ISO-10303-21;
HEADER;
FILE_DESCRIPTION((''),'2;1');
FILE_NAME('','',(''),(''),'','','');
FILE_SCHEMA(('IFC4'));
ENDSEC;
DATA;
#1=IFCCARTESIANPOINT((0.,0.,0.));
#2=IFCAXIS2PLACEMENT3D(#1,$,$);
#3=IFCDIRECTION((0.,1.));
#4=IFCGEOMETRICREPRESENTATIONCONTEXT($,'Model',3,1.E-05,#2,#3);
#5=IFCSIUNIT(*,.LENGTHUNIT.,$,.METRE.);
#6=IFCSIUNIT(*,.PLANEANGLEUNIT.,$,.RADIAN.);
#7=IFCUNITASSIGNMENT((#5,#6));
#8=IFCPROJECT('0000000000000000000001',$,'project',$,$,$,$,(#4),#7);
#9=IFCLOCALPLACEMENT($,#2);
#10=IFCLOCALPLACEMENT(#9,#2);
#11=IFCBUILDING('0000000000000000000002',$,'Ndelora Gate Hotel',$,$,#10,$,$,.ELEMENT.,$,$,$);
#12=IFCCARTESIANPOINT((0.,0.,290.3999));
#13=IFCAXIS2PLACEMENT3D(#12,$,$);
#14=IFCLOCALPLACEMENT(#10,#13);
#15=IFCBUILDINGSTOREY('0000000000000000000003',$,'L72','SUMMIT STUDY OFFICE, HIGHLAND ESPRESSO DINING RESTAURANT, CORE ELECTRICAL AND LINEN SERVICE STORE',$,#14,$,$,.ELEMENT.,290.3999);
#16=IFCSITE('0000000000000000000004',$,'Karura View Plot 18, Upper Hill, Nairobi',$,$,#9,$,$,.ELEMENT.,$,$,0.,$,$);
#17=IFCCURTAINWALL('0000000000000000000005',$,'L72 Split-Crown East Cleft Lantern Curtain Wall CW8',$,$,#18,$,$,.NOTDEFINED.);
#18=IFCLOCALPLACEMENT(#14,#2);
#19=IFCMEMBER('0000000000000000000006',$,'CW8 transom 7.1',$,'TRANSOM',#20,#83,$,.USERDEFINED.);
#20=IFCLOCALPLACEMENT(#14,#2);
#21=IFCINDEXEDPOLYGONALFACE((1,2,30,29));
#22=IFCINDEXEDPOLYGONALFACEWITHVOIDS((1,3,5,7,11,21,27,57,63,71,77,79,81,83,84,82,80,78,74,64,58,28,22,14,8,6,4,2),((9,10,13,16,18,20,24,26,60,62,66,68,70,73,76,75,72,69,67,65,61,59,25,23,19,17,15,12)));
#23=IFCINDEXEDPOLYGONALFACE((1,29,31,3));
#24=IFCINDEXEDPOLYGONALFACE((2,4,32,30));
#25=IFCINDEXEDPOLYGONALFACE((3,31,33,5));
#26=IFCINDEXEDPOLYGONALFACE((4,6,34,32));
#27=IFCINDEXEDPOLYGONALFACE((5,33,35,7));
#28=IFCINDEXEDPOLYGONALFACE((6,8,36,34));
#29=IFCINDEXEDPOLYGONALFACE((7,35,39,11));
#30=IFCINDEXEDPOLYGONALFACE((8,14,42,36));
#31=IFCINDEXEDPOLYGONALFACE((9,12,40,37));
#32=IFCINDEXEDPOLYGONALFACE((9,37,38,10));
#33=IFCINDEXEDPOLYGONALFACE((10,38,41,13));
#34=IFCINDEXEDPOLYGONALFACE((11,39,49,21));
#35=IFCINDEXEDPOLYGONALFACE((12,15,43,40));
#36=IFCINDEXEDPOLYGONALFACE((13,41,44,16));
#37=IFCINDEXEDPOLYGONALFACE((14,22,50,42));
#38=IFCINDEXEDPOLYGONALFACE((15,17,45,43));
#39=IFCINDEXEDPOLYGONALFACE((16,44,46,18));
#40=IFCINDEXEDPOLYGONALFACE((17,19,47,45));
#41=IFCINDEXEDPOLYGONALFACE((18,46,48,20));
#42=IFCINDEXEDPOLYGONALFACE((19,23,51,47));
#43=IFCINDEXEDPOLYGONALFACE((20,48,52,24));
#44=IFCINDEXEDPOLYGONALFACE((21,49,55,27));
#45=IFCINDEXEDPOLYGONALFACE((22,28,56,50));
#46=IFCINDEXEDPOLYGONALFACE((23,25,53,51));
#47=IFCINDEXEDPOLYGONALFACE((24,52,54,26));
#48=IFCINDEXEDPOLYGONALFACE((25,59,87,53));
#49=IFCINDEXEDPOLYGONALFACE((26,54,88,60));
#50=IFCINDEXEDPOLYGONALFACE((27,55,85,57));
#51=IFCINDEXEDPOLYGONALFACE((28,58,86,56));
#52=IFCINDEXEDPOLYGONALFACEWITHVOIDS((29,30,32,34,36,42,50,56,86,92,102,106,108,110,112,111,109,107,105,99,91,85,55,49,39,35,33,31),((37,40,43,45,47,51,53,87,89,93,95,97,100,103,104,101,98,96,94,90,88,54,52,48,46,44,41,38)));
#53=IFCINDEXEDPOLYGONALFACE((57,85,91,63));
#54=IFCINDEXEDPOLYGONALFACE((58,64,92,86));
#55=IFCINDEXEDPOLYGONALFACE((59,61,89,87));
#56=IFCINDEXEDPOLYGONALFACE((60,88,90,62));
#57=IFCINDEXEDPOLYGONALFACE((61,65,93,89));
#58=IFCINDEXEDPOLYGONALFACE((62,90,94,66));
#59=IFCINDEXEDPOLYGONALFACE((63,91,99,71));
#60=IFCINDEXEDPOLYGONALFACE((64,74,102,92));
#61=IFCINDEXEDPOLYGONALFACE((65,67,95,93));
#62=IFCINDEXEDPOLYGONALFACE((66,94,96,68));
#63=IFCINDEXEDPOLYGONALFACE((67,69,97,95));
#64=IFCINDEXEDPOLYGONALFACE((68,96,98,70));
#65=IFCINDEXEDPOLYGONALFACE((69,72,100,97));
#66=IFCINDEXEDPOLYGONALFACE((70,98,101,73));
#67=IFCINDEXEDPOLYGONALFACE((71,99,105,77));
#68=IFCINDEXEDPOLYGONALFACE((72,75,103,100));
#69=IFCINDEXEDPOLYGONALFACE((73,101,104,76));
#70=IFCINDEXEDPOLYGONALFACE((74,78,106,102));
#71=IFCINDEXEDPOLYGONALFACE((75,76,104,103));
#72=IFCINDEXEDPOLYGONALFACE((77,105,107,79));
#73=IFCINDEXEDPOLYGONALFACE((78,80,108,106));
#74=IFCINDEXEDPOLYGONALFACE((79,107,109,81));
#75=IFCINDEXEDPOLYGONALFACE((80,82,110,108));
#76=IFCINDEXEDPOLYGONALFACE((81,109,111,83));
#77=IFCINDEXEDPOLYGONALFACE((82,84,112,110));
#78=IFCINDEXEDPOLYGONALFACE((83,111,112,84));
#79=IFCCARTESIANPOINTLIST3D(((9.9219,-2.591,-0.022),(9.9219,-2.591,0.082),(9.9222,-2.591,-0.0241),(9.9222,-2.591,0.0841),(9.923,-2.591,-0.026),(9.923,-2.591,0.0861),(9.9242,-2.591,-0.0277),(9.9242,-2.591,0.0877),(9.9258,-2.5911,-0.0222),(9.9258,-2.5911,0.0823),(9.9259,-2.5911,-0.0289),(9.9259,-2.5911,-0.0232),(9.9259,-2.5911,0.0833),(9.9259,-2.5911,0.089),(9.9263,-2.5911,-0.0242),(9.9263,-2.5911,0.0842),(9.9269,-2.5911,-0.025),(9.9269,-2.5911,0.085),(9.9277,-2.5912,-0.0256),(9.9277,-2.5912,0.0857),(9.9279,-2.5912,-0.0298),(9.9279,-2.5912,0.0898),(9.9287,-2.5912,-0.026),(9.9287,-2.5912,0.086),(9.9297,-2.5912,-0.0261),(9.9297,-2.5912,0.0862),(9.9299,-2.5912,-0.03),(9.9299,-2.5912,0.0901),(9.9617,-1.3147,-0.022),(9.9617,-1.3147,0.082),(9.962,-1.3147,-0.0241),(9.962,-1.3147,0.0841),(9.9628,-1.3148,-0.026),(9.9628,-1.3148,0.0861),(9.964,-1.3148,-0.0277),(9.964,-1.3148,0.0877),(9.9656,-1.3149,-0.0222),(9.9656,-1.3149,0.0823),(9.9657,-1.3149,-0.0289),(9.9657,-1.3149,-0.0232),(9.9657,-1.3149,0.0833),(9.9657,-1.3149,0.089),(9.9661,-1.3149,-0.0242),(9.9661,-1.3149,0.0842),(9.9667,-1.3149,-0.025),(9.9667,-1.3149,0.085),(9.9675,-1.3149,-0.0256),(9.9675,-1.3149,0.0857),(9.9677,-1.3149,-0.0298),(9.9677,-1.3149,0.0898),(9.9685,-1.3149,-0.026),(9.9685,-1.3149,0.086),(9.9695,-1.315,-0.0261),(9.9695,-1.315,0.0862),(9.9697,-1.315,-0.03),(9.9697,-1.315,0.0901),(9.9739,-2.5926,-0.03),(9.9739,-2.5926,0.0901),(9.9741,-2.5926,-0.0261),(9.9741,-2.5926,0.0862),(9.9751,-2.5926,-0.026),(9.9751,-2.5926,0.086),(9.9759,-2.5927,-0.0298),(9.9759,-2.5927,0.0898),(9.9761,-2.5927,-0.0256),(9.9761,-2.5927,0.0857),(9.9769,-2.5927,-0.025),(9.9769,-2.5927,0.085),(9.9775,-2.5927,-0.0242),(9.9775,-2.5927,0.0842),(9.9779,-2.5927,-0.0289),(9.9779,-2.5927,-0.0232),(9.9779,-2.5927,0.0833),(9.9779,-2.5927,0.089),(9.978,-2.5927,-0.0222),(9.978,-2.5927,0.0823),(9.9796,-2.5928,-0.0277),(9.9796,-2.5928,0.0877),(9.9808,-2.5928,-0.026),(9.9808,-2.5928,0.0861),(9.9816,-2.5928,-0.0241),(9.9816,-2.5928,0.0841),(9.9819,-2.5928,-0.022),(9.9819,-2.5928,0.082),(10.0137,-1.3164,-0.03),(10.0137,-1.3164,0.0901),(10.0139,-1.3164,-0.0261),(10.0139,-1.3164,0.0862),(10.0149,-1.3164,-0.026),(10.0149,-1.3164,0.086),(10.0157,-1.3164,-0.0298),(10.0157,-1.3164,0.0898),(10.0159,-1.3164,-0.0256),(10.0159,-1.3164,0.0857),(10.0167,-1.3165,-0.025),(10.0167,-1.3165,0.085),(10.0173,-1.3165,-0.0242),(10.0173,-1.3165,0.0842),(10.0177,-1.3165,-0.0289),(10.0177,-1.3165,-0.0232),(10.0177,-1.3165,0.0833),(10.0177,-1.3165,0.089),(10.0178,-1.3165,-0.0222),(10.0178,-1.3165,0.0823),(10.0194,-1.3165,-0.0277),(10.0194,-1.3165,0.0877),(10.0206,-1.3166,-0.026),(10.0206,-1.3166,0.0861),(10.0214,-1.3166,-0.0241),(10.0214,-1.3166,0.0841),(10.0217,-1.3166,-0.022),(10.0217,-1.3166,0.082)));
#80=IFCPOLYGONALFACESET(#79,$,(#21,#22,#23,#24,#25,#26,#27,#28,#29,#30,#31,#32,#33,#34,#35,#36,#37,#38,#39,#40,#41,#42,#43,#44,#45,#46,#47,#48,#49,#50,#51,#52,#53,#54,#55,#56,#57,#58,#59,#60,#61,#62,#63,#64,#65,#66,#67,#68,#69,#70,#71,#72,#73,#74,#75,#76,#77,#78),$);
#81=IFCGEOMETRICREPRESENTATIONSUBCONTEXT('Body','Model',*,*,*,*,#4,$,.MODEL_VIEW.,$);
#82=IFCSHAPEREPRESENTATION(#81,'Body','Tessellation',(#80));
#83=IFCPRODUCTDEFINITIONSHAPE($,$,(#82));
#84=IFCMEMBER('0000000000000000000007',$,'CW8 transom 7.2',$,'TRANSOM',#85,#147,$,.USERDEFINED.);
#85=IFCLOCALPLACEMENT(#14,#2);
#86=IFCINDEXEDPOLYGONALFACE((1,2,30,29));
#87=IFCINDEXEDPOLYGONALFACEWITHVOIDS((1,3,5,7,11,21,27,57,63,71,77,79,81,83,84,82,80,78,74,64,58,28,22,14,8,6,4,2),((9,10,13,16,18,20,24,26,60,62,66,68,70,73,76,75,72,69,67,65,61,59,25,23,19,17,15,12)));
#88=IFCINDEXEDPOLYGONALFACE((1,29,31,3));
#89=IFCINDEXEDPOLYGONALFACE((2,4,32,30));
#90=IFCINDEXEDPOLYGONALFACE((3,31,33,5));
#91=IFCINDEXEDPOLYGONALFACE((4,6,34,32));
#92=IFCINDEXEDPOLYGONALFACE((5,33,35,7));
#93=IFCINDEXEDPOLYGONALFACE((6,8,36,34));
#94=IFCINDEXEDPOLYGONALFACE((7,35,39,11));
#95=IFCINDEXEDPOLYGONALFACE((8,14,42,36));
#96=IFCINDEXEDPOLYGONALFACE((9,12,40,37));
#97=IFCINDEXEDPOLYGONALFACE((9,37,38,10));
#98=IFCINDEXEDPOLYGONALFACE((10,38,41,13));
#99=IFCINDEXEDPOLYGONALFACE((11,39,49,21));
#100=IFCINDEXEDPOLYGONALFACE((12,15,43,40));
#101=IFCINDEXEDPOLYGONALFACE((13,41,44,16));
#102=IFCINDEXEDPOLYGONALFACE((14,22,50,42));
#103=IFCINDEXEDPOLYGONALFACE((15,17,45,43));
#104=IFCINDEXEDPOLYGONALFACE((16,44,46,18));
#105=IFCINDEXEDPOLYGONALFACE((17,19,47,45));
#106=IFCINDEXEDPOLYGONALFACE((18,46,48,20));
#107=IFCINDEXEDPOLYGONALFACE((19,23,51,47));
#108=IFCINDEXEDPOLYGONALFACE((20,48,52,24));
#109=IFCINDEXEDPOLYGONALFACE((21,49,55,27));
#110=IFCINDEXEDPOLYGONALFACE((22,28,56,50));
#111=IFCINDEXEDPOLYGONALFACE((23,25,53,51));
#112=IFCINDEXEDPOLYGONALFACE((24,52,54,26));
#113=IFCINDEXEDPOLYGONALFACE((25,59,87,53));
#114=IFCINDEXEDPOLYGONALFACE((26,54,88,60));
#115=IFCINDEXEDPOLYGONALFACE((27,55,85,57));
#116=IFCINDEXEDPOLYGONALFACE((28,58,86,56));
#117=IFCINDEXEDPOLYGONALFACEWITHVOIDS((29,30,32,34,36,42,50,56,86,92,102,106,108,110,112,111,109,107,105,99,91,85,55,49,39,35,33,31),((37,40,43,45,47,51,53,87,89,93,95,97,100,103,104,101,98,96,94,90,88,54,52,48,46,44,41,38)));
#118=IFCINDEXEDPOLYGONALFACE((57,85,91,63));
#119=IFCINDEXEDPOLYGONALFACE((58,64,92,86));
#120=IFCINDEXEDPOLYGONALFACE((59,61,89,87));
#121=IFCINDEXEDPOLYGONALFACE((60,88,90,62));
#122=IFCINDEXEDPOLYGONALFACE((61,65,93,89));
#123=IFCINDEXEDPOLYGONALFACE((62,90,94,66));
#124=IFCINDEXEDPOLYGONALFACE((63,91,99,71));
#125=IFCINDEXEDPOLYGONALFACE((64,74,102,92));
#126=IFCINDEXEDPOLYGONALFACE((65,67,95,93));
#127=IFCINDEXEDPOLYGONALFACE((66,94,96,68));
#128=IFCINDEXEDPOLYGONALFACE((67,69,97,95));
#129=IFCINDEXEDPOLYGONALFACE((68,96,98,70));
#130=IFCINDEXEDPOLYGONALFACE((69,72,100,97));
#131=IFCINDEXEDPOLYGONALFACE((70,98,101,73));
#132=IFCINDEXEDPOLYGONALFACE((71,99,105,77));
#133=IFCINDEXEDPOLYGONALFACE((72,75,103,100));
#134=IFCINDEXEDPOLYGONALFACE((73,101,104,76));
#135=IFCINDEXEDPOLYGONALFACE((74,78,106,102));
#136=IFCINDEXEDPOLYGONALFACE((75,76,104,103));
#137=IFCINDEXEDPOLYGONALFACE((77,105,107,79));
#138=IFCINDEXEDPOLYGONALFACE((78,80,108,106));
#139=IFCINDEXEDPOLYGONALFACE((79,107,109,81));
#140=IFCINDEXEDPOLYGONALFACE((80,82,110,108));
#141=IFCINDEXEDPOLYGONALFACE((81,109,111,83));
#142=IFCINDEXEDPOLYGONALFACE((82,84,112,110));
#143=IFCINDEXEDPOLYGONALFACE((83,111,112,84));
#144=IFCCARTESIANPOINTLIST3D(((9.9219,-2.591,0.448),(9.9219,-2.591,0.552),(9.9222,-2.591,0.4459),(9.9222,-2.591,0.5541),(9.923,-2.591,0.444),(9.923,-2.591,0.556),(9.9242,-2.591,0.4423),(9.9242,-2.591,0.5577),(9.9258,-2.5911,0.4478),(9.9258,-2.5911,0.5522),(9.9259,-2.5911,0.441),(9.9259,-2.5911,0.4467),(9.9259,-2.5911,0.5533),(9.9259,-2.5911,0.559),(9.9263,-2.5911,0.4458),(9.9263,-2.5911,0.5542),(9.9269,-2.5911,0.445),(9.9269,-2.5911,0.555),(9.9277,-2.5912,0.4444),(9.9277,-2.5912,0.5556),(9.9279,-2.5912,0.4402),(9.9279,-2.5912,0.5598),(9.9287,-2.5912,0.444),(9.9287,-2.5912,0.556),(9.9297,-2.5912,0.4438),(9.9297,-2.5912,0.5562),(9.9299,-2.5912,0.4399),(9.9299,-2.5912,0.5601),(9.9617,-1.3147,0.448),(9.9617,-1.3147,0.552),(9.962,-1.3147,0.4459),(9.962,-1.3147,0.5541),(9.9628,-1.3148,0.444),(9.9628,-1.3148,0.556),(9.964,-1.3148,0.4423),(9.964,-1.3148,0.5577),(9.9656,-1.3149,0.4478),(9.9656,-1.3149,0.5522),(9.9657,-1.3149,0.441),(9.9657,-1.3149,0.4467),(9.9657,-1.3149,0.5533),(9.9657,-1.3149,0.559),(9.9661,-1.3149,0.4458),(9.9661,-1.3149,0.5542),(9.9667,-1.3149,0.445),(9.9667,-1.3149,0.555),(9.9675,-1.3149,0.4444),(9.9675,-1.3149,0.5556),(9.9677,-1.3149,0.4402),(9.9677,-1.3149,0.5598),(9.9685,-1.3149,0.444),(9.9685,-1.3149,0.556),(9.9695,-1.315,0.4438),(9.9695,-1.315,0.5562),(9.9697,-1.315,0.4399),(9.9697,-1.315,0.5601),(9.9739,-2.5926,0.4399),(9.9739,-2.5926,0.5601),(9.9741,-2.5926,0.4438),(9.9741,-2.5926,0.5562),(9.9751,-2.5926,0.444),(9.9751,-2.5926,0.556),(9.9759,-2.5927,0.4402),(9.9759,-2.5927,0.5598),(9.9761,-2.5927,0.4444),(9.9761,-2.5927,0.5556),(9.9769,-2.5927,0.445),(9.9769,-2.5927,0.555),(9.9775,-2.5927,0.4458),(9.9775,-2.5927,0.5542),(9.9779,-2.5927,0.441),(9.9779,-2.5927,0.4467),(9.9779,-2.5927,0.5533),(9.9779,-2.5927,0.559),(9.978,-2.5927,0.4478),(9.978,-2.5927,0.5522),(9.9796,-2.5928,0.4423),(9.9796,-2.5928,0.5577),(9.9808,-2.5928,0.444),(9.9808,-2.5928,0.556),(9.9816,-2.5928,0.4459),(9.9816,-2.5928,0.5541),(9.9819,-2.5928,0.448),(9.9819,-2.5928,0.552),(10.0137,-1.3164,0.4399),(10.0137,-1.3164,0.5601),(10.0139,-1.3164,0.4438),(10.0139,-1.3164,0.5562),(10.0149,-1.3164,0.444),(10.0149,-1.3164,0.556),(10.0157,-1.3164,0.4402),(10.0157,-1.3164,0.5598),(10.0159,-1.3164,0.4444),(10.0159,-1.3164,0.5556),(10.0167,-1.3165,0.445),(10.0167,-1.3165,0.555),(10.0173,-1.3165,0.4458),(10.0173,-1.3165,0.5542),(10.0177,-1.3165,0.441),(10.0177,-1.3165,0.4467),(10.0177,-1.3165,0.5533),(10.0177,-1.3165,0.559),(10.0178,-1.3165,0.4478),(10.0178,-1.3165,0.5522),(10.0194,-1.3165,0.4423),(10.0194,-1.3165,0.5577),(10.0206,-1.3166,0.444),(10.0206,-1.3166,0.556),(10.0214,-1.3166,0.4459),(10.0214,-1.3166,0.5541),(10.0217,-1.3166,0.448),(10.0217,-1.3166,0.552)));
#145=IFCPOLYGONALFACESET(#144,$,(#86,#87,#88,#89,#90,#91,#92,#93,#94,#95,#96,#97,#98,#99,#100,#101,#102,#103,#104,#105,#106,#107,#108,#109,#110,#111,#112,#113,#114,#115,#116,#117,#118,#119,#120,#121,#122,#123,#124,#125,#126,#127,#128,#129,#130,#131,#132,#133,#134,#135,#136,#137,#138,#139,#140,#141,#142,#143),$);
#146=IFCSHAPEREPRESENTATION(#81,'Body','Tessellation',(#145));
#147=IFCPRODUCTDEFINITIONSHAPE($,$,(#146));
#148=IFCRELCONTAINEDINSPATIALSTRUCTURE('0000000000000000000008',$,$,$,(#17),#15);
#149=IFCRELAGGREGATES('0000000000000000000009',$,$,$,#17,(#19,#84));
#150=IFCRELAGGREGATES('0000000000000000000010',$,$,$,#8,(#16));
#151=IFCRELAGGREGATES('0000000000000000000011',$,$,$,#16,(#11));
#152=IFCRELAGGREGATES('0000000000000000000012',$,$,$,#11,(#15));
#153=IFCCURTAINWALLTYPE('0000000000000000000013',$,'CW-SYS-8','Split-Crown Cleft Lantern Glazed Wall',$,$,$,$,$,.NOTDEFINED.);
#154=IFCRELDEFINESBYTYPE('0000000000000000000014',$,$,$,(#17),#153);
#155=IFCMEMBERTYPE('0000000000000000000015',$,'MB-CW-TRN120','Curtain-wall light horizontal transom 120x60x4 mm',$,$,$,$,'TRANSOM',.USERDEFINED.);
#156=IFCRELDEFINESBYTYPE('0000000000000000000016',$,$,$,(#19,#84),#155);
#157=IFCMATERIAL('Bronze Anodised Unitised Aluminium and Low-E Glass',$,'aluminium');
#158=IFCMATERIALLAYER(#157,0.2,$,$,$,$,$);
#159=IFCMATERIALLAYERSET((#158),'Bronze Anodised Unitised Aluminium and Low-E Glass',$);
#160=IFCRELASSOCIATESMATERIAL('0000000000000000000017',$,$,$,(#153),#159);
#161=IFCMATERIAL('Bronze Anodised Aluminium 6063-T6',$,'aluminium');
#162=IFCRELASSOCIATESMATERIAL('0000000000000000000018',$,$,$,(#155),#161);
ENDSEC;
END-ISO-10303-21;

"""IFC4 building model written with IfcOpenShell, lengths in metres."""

from ifc_helpers import new_model, si_unit, direction, frame, origin, origin_2d, place, context, subcontext, project, spatial, hollow_rectangle, extrude, material, layer, layer_set, material_profile, profile_set, type_object, element, aggregate, save


model = new_model("IFC4")

# Units and contexts
model_context = context("Model", 3, precision=1e-05, world=origin(), true_north=direction((0.0, 1.0)))
body_context = subcontext(model_context, "Body", "Model", "MODEL_VIEW")
ifc_project = project(units=[si_unit("LENGTHUNIT", "METRE"), si_unit("PLANEANGLEUNIT", "RADIAN")], contexts=[model_context])

# Site, building, storey
site_placement = place(None, origin())
site = spatial("IfcSite", under=ifc_project, at=site_placement, Name="Karura View Plot 18, Upper Hill, Nairobi", CompositionType="ELEMENT", RefElevation=0.0)
building_placement = place(site_placement, origin())
building = spatial("IfcBuilding", under=site, at=building_placement, Name="Ndelora Gate Hotel", CompositionType="ELEMENT")
storey_placement = place(building_placement, frame((0.0, 0.0, 290.3999)))
storey = spatial("IfcBuildingStorey", under=building, at=storey_placement, Name="L72", Description="SUMMIT STUDY OFFICE, HIGHLAND ESPRESSO DINING RESTAURANT, CORE ELECTRICAL AND LINEN SERVICE STORE", CompositionType="ELEMENT", Elevation=290.3999)

# Shared definitions
ifc_material_1 = material(Name="Bronze Anodised Unitised Aluminium and Low-E Glass", Category="aluminium")
ifc_layer_1 = layer(ifc_material_1, 0.2)
ifc_layer_set_1 = layer_set([ifc_layer_1], Name="Bronze Anodised Unitised Aluminium and Low-E Glass")
curtain_wall_type = type_object("IfcCurtainWallType", Name="CW-SYS-8", Description="Split-Crown Cleft Lantern Glazed Wall", PredefinedType="NOTDEFINED", material=ifc_layer_set_1)
ifc_material_2 = material(Name="Bronze Anodised Aluminium 6063-T6", Category="aluminium")

# Curtain wall, members
curtain_wall_1_placement = place(storey_placement, origin())
curtain_wall_1 = element("IfcCurtainWall", 1, at=curtain_wall_1_placement, inside=storey, type_object=curtain_wall_type, Name="L72 Split-Crown East Cleft Lantern Curtain Wall CW8", PredefinedType="NOTDEFINED")
ifc_material_profile_1 = material_profile(ifc_material_2, hollow_rectangle(XDim=0.0601, YDim=0.1201, WallThickness=0.0039, InnerFilletRadius=0.0039, OuterFilletRadius=0.0081, at=origin_2d()), Name="ALU 120x60x4")
ifc_profile_set_1 = profile_set([ifc_material_profile_1], Name="Bronze Anodised Aluminium 6063-T6")
member_type_1 = type_object("IfcMemberType", Name="MB-CW-TRN120", Description="Curtain-wall light horizontal transom 120x60x4 mm", ElementType="TRANSOM", PredefinedType="USERDEFINED", material=ifc_profile_set_1)
member_1_placement = place(storey_placement, frame((9.9917, -1.3157, 0.03), z_axis=(-0.031169, -0.999514, 0.0), x_axis=(0.999514, -0.031169, 0.0)))
member_1 = element("IfcMember", 2, at=member_1_placement, type_object=member_type_1, Name="CW8 transom 7.1", ObjectType="TRANSOM", PredefinedType="USERDEFINED", context=body_context, shape_type="SweptSolid", body=[
    extrude(hollow_rectangle(XDim=0.0601, YDim=0.1201, WallThickness=0.0039, InnerFilletRadius=0.0039, OuterFilletRadius=0.0081, at=origin_2d()), origin(), (0.0, 0.0, 1.0), 1.2769),
])
member_2_placement = place(storey_placement, frame((9.9917, -1.3157, 0.5), z_axis=(-0.031169, -0.999514, 0.0), x_axis=(0.999514, -0.031169, 0.0)))
member_2 = element("IfcMember", 3, at=member_2_placement, type_object=member_type_1, Name="CW8 transom 7.2", ObjectType="TRANSOM", PredefinedType="USERDEFINED", context=body_context, shape_type="SweptSolid", body=[
    extrude(hollow_rectangle(XDim=0.0601, YDim=0.1201, WallThickness=0.0039, InnerFilletRadius=0.0039, OuterFilletRadius=0.0081, at=origin_2d()), origin(), (0.0, 0.0, 1.0), 1.2769),
])

aggregate(curtain_wall_1, [member_1, member_2])

save(model, "model.ifc")
